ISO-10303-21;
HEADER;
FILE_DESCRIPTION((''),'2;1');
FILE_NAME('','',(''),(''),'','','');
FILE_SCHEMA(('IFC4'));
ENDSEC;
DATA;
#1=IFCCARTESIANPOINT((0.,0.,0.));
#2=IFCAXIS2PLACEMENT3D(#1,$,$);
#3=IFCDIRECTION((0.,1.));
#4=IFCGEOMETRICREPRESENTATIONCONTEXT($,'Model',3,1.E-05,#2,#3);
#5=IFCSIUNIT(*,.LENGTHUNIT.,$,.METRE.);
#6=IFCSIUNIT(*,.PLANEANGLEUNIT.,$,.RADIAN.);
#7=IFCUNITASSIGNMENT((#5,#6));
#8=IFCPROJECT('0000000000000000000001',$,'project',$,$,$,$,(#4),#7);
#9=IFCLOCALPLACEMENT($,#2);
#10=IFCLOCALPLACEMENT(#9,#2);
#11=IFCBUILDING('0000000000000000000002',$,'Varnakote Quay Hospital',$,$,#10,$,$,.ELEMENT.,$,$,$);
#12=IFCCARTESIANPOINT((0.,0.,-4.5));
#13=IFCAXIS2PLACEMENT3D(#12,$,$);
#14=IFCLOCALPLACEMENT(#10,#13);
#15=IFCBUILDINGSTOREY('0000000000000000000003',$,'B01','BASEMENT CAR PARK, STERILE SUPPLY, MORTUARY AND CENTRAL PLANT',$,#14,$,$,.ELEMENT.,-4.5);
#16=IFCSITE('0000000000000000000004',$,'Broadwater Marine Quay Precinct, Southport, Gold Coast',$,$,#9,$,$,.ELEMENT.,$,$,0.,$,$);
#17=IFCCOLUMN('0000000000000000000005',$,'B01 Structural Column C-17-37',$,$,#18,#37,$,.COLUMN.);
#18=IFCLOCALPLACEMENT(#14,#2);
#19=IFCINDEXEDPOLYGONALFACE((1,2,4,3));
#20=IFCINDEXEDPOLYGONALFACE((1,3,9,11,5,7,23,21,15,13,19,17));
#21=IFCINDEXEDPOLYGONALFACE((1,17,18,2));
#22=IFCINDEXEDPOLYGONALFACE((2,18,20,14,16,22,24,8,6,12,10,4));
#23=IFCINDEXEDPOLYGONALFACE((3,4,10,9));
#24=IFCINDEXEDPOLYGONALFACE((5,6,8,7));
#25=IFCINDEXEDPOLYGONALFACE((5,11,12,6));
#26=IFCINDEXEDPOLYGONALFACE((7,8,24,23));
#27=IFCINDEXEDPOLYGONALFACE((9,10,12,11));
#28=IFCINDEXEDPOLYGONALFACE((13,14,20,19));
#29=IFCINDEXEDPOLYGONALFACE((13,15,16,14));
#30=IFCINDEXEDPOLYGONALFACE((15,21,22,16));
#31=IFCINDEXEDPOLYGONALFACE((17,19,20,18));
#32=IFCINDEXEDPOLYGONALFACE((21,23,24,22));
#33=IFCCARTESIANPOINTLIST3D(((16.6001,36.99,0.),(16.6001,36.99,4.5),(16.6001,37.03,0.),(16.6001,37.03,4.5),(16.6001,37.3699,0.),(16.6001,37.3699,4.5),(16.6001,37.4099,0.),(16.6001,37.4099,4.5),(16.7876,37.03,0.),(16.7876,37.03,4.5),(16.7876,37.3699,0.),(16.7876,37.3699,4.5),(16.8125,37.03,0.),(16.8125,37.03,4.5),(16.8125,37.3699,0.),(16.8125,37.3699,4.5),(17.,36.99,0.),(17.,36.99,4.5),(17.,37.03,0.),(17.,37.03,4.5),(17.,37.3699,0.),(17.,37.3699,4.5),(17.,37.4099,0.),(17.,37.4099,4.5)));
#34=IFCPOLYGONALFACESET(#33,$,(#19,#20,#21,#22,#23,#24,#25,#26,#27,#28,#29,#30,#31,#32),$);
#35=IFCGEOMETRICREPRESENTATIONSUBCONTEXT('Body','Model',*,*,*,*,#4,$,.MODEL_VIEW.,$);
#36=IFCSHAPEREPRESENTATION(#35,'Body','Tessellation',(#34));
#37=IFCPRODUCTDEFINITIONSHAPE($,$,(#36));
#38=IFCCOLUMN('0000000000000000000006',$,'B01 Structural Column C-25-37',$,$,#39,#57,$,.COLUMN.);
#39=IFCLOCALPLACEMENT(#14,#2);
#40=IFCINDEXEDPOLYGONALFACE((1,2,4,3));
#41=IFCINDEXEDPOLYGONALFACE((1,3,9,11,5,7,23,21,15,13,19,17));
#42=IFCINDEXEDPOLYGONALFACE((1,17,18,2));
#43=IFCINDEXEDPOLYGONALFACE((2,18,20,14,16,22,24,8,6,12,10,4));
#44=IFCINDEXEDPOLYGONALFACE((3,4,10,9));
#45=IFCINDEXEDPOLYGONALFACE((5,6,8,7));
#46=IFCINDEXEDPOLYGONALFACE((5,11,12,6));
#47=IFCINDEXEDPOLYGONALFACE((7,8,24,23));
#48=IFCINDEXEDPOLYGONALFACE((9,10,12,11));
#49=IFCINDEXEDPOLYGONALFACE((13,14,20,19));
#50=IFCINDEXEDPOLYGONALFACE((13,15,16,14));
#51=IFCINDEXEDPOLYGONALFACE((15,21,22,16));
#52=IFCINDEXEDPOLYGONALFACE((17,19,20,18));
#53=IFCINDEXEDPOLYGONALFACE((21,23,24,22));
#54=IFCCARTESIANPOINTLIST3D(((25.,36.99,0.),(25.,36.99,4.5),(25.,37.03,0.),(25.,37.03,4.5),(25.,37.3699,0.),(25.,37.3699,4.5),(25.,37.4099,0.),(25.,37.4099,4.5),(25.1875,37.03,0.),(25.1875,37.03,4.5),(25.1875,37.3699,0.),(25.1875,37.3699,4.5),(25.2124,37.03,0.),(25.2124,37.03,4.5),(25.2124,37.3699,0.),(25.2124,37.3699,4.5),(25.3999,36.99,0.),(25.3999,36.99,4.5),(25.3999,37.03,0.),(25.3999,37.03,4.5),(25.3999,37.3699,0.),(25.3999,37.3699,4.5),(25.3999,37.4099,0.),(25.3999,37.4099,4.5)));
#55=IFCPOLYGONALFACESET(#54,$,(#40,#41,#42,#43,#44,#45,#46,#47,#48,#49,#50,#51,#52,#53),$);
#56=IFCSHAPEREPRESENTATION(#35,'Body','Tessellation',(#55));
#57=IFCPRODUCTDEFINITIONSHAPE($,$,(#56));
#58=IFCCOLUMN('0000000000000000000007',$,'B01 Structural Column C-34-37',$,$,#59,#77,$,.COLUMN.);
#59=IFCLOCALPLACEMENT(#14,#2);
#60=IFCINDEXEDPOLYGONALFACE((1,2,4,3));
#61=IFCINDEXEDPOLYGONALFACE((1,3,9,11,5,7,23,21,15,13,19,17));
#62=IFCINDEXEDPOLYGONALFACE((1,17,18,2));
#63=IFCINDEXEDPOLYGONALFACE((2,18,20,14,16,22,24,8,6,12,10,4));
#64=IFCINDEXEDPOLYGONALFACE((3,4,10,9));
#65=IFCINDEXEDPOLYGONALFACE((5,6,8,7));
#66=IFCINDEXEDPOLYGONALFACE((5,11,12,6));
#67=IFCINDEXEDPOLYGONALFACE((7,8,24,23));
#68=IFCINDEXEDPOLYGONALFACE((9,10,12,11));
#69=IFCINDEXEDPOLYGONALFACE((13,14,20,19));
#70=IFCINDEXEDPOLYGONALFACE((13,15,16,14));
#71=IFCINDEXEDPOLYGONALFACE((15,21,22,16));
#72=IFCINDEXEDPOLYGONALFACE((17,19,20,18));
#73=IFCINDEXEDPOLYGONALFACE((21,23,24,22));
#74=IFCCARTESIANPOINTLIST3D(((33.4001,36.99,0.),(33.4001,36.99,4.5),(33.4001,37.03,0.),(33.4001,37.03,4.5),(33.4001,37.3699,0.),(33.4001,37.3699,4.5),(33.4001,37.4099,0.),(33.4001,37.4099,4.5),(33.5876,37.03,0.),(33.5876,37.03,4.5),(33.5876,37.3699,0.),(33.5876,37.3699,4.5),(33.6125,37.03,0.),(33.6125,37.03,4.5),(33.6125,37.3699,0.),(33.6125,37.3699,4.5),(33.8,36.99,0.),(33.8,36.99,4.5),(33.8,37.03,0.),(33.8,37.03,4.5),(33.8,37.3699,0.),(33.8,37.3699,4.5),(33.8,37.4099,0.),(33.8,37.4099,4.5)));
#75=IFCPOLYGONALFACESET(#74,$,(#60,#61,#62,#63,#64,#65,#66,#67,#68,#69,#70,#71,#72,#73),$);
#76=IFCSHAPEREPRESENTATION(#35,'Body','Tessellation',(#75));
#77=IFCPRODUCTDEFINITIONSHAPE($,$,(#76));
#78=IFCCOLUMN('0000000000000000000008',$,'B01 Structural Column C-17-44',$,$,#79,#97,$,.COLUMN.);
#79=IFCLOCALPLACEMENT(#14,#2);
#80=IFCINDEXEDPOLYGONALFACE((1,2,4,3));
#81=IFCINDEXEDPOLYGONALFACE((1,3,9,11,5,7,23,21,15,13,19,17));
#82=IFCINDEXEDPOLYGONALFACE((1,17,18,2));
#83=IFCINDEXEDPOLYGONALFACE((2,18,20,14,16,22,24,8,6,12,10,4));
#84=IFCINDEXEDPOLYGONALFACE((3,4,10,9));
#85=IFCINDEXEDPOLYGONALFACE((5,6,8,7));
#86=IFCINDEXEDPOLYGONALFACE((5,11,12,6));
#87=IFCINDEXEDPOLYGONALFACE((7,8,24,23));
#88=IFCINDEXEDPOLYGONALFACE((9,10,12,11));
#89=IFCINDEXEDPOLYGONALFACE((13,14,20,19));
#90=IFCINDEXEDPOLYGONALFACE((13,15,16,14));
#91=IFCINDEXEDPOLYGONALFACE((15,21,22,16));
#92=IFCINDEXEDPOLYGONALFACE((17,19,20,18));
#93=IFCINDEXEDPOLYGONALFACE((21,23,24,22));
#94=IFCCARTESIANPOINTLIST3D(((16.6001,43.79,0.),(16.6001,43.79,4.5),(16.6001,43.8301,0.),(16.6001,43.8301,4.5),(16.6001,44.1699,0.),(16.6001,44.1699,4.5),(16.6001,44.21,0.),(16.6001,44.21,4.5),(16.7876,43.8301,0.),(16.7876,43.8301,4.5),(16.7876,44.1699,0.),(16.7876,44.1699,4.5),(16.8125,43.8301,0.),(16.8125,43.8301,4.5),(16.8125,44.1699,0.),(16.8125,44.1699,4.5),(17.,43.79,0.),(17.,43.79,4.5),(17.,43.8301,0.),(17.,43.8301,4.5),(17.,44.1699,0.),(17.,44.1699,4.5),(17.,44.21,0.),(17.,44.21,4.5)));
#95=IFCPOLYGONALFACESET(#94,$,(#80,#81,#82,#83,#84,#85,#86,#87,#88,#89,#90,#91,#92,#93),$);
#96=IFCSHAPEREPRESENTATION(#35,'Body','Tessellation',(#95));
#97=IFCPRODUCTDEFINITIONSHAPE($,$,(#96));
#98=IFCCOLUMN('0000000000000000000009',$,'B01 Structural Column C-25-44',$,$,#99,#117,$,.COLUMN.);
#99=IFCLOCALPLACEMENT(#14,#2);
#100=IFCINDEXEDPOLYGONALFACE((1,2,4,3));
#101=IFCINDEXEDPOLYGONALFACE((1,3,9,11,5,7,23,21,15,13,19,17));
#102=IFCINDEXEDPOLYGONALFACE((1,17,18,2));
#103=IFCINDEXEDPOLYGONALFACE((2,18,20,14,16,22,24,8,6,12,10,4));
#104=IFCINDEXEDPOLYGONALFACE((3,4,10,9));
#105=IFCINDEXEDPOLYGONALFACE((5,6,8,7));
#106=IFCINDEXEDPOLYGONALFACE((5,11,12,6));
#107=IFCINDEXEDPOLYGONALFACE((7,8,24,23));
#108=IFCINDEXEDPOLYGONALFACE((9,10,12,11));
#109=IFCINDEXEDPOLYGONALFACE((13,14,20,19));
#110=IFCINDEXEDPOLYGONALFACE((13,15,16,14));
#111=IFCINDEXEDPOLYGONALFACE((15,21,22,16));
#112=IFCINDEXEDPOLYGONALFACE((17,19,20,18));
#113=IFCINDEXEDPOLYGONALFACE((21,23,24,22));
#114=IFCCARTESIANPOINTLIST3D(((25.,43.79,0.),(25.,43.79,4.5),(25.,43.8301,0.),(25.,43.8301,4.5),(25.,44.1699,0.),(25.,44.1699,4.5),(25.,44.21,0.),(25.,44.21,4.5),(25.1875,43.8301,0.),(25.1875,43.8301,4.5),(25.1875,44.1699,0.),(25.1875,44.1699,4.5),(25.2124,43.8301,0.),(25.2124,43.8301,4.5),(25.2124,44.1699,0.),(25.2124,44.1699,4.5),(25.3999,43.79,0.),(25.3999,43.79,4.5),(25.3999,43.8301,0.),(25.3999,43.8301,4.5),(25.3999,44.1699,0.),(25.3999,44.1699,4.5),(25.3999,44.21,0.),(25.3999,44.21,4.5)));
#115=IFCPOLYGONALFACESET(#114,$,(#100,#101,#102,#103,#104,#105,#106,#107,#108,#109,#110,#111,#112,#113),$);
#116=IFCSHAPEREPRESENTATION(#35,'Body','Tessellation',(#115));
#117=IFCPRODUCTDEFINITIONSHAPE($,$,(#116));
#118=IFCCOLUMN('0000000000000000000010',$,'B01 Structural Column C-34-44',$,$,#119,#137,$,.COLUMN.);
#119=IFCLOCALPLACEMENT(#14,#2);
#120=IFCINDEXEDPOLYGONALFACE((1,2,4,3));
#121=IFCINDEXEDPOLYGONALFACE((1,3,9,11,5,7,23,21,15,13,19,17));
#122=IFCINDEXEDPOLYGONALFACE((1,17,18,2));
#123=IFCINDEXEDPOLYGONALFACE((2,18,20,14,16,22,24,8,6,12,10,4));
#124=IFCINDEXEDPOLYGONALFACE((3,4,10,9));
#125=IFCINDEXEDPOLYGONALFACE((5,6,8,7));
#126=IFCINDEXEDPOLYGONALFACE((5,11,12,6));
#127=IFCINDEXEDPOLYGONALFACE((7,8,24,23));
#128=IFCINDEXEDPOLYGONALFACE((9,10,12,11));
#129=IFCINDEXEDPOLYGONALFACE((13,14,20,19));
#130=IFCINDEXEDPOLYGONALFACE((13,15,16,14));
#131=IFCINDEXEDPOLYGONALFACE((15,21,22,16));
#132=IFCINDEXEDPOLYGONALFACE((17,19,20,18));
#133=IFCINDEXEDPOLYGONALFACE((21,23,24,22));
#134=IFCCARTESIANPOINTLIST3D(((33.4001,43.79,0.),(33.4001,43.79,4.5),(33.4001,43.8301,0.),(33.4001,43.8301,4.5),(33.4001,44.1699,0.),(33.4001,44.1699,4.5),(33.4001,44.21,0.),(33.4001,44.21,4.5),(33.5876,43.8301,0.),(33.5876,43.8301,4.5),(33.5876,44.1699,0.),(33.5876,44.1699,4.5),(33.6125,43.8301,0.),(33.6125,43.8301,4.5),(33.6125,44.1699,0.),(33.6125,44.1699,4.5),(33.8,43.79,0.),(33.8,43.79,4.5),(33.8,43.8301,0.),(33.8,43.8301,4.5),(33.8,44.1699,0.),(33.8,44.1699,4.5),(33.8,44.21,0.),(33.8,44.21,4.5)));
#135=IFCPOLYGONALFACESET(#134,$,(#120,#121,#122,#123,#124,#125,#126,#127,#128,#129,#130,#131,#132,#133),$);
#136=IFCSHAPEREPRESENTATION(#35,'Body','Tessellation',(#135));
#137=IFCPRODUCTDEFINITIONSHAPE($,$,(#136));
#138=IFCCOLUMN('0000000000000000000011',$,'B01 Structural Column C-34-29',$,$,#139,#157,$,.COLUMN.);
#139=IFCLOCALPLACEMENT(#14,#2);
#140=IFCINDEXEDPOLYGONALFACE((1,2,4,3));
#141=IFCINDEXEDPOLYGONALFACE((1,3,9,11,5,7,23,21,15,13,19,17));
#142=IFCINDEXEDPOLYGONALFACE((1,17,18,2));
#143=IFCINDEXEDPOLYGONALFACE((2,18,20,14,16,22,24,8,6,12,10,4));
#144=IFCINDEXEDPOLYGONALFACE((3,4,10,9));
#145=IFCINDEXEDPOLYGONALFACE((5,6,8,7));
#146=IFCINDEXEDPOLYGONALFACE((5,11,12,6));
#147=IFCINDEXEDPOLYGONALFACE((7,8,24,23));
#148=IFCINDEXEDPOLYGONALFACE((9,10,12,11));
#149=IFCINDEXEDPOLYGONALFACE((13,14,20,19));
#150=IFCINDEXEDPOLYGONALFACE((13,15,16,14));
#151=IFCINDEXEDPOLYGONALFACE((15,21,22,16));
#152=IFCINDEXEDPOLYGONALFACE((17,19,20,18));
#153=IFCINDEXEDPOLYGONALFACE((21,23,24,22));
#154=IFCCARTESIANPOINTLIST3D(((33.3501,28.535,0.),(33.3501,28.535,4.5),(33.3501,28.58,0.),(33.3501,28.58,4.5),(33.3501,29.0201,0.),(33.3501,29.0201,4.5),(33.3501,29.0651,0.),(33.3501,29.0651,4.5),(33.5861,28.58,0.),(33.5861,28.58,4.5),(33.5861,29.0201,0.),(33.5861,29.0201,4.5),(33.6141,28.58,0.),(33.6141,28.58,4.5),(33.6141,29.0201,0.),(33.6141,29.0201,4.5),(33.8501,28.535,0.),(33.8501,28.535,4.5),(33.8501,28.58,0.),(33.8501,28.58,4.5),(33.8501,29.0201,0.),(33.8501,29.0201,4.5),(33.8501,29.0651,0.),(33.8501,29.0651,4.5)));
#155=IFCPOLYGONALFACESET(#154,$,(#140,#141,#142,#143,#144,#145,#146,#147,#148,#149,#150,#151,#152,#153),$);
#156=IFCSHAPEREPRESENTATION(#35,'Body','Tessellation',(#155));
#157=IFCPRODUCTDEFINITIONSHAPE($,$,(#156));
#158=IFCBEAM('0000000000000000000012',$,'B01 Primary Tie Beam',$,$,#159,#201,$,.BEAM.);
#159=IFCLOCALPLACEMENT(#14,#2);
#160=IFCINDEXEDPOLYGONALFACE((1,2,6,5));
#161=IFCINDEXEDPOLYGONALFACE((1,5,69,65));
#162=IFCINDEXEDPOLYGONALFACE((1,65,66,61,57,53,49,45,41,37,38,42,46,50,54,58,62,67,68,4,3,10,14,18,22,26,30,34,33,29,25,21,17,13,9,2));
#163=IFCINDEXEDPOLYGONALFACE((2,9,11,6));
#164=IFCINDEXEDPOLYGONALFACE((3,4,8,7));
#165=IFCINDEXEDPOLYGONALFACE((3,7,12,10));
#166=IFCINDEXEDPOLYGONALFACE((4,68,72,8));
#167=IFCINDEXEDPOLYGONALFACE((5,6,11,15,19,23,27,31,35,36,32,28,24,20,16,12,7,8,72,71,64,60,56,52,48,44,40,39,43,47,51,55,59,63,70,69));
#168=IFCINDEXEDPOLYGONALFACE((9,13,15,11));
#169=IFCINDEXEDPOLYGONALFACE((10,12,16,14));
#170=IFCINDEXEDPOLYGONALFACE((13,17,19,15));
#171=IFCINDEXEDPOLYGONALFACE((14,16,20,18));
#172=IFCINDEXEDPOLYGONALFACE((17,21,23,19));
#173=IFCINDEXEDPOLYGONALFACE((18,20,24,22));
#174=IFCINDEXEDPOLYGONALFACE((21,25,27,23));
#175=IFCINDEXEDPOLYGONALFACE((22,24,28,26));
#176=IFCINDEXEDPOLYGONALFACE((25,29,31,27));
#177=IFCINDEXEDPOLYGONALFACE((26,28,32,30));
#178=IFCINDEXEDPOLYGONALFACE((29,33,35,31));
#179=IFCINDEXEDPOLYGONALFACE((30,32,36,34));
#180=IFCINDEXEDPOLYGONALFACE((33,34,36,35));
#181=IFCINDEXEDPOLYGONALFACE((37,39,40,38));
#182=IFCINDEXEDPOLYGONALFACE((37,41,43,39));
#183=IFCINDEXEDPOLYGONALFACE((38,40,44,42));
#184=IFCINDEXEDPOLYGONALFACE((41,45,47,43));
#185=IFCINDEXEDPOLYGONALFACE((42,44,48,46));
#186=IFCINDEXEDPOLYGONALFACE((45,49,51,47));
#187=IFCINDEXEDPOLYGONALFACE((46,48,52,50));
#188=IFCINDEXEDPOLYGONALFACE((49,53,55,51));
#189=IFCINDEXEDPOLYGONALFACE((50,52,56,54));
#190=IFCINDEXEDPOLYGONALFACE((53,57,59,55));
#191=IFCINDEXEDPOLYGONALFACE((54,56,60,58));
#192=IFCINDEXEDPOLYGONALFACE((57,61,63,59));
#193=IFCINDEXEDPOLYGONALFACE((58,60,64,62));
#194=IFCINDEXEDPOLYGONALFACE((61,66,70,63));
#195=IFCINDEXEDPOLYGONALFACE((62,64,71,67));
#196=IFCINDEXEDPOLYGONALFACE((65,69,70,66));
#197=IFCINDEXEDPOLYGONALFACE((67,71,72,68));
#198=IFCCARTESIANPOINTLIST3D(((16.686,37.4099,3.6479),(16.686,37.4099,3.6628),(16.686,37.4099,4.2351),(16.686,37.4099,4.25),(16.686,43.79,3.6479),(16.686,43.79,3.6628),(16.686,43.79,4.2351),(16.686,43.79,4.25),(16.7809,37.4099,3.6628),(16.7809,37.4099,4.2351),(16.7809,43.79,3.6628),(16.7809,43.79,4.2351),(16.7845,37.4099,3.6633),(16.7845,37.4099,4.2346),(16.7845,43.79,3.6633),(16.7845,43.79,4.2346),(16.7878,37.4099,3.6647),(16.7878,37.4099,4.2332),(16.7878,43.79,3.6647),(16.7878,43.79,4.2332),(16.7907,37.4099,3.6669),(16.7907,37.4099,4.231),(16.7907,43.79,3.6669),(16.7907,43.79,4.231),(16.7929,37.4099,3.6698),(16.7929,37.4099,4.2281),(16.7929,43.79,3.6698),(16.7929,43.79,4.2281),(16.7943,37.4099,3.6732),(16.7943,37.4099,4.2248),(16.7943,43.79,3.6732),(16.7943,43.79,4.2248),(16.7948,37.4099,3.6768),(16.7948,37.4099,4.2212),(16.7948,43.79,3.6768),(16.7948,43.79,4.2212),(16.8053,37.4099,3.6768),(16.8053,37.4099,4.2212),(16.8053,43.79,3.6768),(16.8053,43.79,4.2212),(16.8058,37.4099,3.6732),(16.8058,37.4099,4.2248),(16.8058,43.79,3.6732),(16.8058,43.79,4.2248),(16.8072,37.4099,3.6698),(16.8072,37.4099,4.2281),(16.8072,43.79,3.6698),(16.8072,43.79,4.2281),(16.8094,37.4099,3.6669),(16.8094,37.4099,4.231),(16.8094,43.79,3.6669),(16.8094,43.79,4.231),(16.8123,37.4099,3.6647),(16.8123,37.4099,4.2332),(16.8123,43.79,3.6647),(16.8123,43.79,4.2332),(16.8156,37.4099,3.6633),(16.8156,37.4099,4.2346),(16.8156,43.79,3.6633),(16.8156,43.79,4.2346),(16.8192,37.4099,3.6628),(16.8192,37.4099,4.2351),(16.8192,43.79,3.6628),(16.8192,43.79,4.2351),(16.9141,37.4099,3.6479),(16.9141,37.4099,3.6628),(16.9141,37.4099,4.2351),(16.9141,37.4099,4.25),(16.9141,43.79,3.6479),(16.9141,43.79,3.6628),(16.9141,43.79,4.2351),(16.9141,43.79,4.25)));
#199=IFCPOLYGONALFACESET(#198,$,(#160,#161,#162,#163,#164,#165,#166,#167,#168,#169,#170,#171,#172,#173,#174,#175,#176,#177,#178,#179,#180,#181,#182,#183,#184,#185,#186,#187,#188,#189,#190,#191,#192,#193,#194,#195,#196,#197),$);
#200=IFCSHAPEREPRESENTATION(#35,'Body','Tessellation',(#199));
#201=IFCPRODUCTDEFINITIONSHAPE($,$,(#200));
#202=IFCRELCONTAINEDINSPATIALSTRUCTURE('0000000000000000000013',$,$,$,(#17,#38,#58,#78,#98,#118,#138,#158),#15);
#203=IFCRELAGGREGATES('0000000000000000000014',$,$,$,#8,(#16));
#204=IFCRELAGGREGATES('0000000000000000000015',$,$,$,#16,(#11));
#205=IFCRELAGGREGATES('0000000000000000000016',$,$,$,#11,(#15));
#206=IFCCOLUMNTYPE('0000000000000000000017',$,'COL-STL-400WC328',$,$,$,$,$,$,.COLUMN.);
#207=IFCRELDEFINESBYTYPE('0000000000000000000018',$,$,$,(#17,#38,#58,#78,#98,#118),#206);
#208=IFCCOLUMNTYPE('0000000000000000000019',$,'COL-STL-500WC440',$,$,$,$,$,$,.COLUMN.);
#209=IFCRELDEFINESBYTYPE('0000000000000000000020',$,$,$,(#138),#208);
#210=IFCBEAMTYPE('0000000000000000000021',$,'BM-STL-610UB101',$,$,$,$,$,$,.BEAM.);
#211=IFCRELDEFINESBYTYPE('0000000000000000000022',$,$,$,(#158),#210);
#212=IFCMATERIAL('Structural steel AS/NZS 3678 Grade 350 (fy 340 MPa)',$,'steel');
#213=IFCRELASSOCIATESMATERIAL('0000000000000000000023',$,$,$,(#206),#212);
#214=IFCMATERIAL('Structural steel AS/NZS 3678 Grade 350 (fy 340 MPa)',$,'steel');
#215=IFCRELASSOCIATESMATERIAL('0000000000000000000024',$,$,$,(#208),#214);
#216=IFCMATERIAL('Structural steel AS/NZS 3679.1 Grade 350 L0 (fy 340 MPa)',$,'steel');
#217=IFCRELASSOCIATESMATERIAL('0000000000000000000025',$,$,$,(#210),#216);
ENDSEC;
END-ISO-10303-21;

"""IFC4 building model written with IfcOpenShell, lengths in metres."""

from ifc_helpers import new_model, si_unit, direction, frame, origin, origin_2d, place, context, subcontext, project, spatial, i_section, extrude, material, material_profile, profile_set, type_object, element, save


model = new_model("IFC4")

# Units and contexts
model_context = context("Model", 3, precision=1e-05, world=origin(), true_north=direction((0.0, 1.0)))
body_context = subcontext(model_context, "Body", "Model", "MODEL_VIEW")
ifc_project = project(units=[si_unit("LENGTHUNIT", "METRE"), si_unit("PLANEANGLEUNIT", "RADIAN")], contexts=[model_context])

# Site, building, storey
site_placement = place(None, origin())
site = spatial("IfcSite", under=ifc_project, at=site_placement, Name="Broadwater Marine Quay Precinct, Southport, Gold Coast", CompositionType="ELEMENT", RefElevation=0.0)
building_placement = place(site_placement, origin())
building = spatial("IfcBuilding", under=site, at=building_placement, Name="Varnakote Quay Hospital", CompositionType="ELEMENT")
storey_placement = place(building_placement, frame((0.0, 0.0, -4.5)))
storey = spatial("IfcBuildingStorey", under=building, at=storey_placement, Name="B01", Description="BASEMENT CAR PARK, STERILE SUPPLY, MORTUARY AND CENTRAL PLANT", CompositionType="ELEMENT", Elevation=-4.5)

# Columns
ifc_material_1 = material(Name="Structural steel AS/NZS 3678 Grade 350 (fy 340 MPa)", Category="steel")
ifc_material_profile_1 = material_profile(ifc_material_1, i_section(OverallWidth=0.3999, OverallDepth=0.4199, WebThickness=0.0249, FlangeThickness=0.04, at=origin_2d()), Name="400WC328")
ifc_profile_set_1 = profile_set([ifc_material_profile_1], Name="Structural steel AS/NZS 3678 Grade 350 (fy 340 MPa)")
column_type_1 = type_object("IfcColumnType", Name="COL-STL-400WC328", PredefinedType="COLUMN", material=ifc_profile_set_1)
for number, where, z_axis, x_axis, name in (
    (1, (16.8, 37.2, 0.0), (0.0, 0.0, 1.0), (1.0, 0.0, 0.0), "B01 Structural Column C-17-37"),
    (2, (25.2, 37.2, 0.0), (0.0, 0.0, 1.0), (1.0, 0.0, 0.0), "B01 Structural Column C-25-37"),
    (3, (33.6001, 37.2, 0.0), (0.0, 0.0, 1.0), (1.0, 0.0, 0.0), "B01 Structural Column C-34-37"),
    (4, (16.8, 44.0, 0.0), (0.0, 0.0, 1.0), (1.0, 0.0, 0.0), "B01 Structural Column C-17-44"),
    (5, (25.2, 44.0, 0.0), (0.0, 0.0, 1.0), (1.0, 0.0, 0.0), "B01 Structural Column C-25-44"),
    (6, (33.6001, 44.0, 0.0), (0.0, 0.0, 1.0), (1.0, 0.0, 0.0), "B01 Structural Column C-34-44"),
):
    element("IfcColumn", number, at=place(storey_placement, frame(where, z_axis=z_axis, x_axis=x_axis)), inside=storey, type_object=column_type_1, Name=name, PredefinedType="COLUMN", context=body_context, shape_type="SweptSolid", body=[
        extrude(i_section(OverallWidth=0.3999, OverallDepth=0.4199, WebThickness=0.0249, FlangeThickness=0.04, at=origin_2d()), origin(), (0.0, 0.0, 1.0), 4.5),
    ])
ifc_material_2 = material(Name="Structural steel AS/NZS 3678 Grade 350 (fy 340 MPa)", Category="steel")
ifc_material_profile_2 = material_profile(ifc_material_2, i_section(OverallWidth=0.5, OverallDepth=0.53, WebThickness=0.0281, FlangeThickness=0.0449, at=origin_2d()), Name="500WC440")
ifc_profile_set_2 = profile_set([ifc_material_profile_2], Name="Structural steel AS/NZS 3678 Grade 350 (fy 340 MPa)")
column_type_2 = type_object("IfcColumnType", Name="COL-STL-500WC440", PredefinedType="COLUMN", material=ifc_profile_set_2)
column_placement = place(storey_placement, frame((33.6001, 28.8, 0.0), z_axis=(0.0, 0.0, 1.0), x_axis=(1.0, 0.0, 0.0)))
element("IfcColumn", 7, at=column_placement, inside=storey, type_object=column_type_2, Name="B01 Structural Column C-34-29", PredefinedType="COLUMN", context=body_context, shape_type="SweptSolid", body=[
    extrude(i_section(OverallWidth=0.5, OverallDepth=0.53, WebThickness=0.0281, FlangeThickness=0.0449, at=origin_2d()), origin(), (0.0, 0.0, 1.0), 4.5),
])

# Beam
ifc_material_3 = material(Name="Structural steel AS/NZS 3679.1 Grade 350 L0 (fy 340 MPa)", Category="steel")
ifc_material_profile_3 = material_profile(ifc_material_3, i_section(OverallWidth=0.228, OverallDepth=0.6021, WebThickness=0.0105, FlangeThickness=0.0149, FilletRadius=0.0139, at=origin_2d()), Name="610UB101")
ifc_profile_set_3 = profile_set([ifc_material_profile_3], Name="Structural steel AS/NZS 3679.1 Grade 350 L0 (fy 340 MPa)")
beam_type_1 = type_object("IfcBeamType", Name="BM-STL-610UB101", PredefinedType="BEAM", material=ifc_profile_set_3)
beam_1_placement = place(storey_placement, frame((16.8, 37.4099, 3.949), z_axis=(0.0, 1.0, 0.0), x_axis=(-1.0, 0.0, 0.0)))
element("IfcBeam", 8, at=beam_1_placement, inside=storey, type_object=beam_type_1, Name="B01 Primary Tie Beam", PredefinedType="BEAM", context=body_context, shape_type="SweptSolid", body=[
    extrude(i_section(OverallWidth=0.228, OverallDepth=0.6021, WebThickness=0.0105, FlangeThickness=0.0149, FilletRadius=0.0139, at=origin_2d()), origin(), (0.0, 0.0, 1.0), 6.3801),
])

save(model, "model.ifc")
